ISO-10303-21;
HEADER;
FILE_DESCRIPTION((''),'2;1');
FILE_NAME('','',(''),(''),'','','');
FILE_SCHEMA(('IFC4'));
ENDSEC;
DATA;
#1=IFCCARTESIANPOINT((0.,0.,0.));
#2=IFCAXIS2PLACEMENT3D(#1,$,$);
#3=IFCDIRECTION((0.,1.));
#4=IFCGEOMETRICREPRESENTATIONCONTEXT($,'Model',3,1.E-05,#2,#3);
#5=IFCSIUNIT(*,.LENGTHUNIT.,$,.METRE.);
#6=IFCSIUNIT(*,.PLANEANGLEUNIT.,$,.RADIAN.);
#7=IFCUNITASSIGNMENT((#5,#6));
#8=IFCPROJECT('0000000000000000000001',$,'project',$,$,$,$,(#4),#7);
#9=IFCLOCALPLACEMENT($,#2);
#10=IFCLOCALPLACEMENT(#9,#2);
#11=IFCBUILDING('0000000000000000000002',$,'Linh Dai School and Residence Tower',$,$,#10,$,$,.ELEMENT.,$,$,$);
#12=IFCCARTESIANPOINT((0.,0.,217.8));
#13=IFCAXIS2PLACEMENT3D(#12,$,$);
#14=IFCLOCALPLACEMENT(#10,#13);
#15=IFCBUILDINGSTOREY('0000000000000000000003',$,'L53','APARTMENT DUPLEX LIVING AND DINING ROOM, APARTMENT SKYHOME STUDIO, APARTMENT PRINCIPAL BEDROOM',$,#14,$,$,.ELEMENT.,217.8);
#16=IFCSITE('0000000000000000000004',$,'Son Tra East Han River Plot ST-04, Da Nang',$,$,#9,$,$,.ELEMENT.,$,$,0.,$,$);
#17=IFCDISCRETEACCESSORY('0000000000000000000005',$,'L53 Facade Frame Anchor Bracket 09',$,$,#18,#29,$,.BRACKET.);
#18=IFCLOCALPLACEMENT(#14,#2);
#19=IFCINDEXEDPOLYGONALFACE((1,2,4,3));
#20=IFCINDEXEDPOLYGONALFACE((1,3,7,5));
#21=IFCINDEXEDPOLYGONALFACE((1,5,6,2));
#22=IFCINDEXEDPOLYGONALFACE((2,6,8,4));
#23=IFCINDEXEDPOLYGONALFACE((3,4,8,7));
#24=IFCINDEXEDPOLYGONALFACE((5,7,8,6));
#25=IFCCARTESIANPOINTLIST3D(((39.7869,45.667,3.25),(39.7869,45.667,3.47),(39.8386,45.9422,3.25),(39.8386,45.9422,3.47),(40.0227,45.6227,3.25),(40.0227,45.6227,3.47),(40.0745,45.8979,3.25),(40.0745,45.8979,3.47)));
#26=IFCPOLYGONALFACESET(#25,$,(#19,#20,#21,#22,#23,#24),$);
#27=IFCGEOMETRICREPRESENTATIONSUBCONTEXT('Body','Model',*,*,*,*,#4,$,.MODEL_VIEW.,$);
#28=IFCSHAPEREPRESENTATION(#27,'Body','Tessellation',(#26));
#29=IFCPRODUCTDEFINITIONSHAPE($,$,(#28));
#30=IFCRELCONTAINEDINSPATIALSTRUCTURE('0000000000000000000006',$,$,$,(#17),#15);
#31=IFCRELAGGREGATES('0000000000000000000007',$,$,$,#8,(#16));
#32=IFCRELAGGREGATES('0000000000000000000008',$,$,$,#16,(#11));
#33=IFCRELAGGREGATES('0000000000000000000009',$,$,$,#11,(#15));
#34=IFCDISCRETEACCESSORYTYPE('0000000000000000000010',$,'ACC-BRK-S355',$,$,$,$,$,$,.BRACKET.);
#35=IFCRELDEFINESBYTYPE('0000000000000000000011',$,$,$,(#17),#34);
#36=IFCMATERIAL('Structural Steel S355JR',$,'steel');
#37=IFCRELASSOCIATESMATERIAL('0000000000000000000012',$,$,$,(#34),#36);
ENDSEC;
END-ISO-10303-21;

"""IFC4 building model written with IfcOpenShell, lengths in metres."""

from ifc_helpers import new_model, si_unit, direction, frame, origin, origin_2d, place, context, subcontext, project, spatial, rectangle, extrude, source, transform, mapped, material, type_object, element, save


model = new_model("IFC4")

# Units and contexts
model_context = context("Model", 3, precision=1e-05, world=origin(), true_north=direction((0.0, 1.0)))
body_context = subcontext(model_context, "Body", "Model", "MODEL_VIEW")
ifc_project = project(units=[si_unit("LENGTHUNIT", "METRE"), si_unit("PLANEANGLEUNIT", "RADIAN")], contexts=[model_context])

# Site, building, storey
site_placement = place(None, origin())
site = spatial("IfcSite", under=ifc_project, at=site_placement, Name="Son Tra East Han River Plot ST-04, Da Nang", CompositionType="ELEMENT", RefElevation=0.0)
building_placement = place(site_placement, origin())
building = spatial("IfcBuilding", under=site, at=building_placement, Name="Linh Dai School and Residence Tower", CompositionType="ELEMENT")
storey_placement = place(building_placement, frame((0.0, 0.0, 217.8)))
storey = spatial("IfcBuildingStorey", under=building, at=storey_placement, Name="L53", Description="APARTMENT DUPLEX LIVING AND DINING ROOM, APARTMENT SKYHOME STUDIO, APARTMENT PRINCIPAL BEDROOM", CompositionType="ELEMENT", Elevation=217.8)

# Shared definitions
ifc_material_1 = material(Name="Structural Steel S355JR", Category="steel")

# Discrete accessory
discrete_accessory_type = type_object("IfcDiscreteAccessoryType", Name="ACC-BRK-S355", PredefinedType="BRACKET", material=ifc_material_1)
shared_shape_1 = source(origin(), body_context, "Body", "SweptSolid", [
    extrude(rectangle(XDim=0.28, YDim=0.24, at=origin_2d()), origin(), (0.0, 0.0, 1.0), 0.22),
])
discrete_accessory_placement = place(storey_placement, frame((39.9307, 45.7825, 3.25), z_axis=(0.0, 0.0, 1.0), x_axis=(0.184744, 0.982787, 0.0)))
element("IfcDiscreteAccessory", 1, at=discrete_accessory_placement, inside=storey, type_object=discrete_accessory_type, Name="L53 Facade Frame Anchor Bracket 09", PredefinedType="BRACKET", context=body_context, shape_type="MappedRepresentation", body=[
    mapped(shared_shape_1, transform((0.0, 0.0, 0.0), x_axis=(1.0, 0.0, 0.0), y_axis=(0.0, 1.0, 0.0), z_axis=(0.0, 0.0, 1.0), scale=1.0)),
])

save(model, "model.ifc")
